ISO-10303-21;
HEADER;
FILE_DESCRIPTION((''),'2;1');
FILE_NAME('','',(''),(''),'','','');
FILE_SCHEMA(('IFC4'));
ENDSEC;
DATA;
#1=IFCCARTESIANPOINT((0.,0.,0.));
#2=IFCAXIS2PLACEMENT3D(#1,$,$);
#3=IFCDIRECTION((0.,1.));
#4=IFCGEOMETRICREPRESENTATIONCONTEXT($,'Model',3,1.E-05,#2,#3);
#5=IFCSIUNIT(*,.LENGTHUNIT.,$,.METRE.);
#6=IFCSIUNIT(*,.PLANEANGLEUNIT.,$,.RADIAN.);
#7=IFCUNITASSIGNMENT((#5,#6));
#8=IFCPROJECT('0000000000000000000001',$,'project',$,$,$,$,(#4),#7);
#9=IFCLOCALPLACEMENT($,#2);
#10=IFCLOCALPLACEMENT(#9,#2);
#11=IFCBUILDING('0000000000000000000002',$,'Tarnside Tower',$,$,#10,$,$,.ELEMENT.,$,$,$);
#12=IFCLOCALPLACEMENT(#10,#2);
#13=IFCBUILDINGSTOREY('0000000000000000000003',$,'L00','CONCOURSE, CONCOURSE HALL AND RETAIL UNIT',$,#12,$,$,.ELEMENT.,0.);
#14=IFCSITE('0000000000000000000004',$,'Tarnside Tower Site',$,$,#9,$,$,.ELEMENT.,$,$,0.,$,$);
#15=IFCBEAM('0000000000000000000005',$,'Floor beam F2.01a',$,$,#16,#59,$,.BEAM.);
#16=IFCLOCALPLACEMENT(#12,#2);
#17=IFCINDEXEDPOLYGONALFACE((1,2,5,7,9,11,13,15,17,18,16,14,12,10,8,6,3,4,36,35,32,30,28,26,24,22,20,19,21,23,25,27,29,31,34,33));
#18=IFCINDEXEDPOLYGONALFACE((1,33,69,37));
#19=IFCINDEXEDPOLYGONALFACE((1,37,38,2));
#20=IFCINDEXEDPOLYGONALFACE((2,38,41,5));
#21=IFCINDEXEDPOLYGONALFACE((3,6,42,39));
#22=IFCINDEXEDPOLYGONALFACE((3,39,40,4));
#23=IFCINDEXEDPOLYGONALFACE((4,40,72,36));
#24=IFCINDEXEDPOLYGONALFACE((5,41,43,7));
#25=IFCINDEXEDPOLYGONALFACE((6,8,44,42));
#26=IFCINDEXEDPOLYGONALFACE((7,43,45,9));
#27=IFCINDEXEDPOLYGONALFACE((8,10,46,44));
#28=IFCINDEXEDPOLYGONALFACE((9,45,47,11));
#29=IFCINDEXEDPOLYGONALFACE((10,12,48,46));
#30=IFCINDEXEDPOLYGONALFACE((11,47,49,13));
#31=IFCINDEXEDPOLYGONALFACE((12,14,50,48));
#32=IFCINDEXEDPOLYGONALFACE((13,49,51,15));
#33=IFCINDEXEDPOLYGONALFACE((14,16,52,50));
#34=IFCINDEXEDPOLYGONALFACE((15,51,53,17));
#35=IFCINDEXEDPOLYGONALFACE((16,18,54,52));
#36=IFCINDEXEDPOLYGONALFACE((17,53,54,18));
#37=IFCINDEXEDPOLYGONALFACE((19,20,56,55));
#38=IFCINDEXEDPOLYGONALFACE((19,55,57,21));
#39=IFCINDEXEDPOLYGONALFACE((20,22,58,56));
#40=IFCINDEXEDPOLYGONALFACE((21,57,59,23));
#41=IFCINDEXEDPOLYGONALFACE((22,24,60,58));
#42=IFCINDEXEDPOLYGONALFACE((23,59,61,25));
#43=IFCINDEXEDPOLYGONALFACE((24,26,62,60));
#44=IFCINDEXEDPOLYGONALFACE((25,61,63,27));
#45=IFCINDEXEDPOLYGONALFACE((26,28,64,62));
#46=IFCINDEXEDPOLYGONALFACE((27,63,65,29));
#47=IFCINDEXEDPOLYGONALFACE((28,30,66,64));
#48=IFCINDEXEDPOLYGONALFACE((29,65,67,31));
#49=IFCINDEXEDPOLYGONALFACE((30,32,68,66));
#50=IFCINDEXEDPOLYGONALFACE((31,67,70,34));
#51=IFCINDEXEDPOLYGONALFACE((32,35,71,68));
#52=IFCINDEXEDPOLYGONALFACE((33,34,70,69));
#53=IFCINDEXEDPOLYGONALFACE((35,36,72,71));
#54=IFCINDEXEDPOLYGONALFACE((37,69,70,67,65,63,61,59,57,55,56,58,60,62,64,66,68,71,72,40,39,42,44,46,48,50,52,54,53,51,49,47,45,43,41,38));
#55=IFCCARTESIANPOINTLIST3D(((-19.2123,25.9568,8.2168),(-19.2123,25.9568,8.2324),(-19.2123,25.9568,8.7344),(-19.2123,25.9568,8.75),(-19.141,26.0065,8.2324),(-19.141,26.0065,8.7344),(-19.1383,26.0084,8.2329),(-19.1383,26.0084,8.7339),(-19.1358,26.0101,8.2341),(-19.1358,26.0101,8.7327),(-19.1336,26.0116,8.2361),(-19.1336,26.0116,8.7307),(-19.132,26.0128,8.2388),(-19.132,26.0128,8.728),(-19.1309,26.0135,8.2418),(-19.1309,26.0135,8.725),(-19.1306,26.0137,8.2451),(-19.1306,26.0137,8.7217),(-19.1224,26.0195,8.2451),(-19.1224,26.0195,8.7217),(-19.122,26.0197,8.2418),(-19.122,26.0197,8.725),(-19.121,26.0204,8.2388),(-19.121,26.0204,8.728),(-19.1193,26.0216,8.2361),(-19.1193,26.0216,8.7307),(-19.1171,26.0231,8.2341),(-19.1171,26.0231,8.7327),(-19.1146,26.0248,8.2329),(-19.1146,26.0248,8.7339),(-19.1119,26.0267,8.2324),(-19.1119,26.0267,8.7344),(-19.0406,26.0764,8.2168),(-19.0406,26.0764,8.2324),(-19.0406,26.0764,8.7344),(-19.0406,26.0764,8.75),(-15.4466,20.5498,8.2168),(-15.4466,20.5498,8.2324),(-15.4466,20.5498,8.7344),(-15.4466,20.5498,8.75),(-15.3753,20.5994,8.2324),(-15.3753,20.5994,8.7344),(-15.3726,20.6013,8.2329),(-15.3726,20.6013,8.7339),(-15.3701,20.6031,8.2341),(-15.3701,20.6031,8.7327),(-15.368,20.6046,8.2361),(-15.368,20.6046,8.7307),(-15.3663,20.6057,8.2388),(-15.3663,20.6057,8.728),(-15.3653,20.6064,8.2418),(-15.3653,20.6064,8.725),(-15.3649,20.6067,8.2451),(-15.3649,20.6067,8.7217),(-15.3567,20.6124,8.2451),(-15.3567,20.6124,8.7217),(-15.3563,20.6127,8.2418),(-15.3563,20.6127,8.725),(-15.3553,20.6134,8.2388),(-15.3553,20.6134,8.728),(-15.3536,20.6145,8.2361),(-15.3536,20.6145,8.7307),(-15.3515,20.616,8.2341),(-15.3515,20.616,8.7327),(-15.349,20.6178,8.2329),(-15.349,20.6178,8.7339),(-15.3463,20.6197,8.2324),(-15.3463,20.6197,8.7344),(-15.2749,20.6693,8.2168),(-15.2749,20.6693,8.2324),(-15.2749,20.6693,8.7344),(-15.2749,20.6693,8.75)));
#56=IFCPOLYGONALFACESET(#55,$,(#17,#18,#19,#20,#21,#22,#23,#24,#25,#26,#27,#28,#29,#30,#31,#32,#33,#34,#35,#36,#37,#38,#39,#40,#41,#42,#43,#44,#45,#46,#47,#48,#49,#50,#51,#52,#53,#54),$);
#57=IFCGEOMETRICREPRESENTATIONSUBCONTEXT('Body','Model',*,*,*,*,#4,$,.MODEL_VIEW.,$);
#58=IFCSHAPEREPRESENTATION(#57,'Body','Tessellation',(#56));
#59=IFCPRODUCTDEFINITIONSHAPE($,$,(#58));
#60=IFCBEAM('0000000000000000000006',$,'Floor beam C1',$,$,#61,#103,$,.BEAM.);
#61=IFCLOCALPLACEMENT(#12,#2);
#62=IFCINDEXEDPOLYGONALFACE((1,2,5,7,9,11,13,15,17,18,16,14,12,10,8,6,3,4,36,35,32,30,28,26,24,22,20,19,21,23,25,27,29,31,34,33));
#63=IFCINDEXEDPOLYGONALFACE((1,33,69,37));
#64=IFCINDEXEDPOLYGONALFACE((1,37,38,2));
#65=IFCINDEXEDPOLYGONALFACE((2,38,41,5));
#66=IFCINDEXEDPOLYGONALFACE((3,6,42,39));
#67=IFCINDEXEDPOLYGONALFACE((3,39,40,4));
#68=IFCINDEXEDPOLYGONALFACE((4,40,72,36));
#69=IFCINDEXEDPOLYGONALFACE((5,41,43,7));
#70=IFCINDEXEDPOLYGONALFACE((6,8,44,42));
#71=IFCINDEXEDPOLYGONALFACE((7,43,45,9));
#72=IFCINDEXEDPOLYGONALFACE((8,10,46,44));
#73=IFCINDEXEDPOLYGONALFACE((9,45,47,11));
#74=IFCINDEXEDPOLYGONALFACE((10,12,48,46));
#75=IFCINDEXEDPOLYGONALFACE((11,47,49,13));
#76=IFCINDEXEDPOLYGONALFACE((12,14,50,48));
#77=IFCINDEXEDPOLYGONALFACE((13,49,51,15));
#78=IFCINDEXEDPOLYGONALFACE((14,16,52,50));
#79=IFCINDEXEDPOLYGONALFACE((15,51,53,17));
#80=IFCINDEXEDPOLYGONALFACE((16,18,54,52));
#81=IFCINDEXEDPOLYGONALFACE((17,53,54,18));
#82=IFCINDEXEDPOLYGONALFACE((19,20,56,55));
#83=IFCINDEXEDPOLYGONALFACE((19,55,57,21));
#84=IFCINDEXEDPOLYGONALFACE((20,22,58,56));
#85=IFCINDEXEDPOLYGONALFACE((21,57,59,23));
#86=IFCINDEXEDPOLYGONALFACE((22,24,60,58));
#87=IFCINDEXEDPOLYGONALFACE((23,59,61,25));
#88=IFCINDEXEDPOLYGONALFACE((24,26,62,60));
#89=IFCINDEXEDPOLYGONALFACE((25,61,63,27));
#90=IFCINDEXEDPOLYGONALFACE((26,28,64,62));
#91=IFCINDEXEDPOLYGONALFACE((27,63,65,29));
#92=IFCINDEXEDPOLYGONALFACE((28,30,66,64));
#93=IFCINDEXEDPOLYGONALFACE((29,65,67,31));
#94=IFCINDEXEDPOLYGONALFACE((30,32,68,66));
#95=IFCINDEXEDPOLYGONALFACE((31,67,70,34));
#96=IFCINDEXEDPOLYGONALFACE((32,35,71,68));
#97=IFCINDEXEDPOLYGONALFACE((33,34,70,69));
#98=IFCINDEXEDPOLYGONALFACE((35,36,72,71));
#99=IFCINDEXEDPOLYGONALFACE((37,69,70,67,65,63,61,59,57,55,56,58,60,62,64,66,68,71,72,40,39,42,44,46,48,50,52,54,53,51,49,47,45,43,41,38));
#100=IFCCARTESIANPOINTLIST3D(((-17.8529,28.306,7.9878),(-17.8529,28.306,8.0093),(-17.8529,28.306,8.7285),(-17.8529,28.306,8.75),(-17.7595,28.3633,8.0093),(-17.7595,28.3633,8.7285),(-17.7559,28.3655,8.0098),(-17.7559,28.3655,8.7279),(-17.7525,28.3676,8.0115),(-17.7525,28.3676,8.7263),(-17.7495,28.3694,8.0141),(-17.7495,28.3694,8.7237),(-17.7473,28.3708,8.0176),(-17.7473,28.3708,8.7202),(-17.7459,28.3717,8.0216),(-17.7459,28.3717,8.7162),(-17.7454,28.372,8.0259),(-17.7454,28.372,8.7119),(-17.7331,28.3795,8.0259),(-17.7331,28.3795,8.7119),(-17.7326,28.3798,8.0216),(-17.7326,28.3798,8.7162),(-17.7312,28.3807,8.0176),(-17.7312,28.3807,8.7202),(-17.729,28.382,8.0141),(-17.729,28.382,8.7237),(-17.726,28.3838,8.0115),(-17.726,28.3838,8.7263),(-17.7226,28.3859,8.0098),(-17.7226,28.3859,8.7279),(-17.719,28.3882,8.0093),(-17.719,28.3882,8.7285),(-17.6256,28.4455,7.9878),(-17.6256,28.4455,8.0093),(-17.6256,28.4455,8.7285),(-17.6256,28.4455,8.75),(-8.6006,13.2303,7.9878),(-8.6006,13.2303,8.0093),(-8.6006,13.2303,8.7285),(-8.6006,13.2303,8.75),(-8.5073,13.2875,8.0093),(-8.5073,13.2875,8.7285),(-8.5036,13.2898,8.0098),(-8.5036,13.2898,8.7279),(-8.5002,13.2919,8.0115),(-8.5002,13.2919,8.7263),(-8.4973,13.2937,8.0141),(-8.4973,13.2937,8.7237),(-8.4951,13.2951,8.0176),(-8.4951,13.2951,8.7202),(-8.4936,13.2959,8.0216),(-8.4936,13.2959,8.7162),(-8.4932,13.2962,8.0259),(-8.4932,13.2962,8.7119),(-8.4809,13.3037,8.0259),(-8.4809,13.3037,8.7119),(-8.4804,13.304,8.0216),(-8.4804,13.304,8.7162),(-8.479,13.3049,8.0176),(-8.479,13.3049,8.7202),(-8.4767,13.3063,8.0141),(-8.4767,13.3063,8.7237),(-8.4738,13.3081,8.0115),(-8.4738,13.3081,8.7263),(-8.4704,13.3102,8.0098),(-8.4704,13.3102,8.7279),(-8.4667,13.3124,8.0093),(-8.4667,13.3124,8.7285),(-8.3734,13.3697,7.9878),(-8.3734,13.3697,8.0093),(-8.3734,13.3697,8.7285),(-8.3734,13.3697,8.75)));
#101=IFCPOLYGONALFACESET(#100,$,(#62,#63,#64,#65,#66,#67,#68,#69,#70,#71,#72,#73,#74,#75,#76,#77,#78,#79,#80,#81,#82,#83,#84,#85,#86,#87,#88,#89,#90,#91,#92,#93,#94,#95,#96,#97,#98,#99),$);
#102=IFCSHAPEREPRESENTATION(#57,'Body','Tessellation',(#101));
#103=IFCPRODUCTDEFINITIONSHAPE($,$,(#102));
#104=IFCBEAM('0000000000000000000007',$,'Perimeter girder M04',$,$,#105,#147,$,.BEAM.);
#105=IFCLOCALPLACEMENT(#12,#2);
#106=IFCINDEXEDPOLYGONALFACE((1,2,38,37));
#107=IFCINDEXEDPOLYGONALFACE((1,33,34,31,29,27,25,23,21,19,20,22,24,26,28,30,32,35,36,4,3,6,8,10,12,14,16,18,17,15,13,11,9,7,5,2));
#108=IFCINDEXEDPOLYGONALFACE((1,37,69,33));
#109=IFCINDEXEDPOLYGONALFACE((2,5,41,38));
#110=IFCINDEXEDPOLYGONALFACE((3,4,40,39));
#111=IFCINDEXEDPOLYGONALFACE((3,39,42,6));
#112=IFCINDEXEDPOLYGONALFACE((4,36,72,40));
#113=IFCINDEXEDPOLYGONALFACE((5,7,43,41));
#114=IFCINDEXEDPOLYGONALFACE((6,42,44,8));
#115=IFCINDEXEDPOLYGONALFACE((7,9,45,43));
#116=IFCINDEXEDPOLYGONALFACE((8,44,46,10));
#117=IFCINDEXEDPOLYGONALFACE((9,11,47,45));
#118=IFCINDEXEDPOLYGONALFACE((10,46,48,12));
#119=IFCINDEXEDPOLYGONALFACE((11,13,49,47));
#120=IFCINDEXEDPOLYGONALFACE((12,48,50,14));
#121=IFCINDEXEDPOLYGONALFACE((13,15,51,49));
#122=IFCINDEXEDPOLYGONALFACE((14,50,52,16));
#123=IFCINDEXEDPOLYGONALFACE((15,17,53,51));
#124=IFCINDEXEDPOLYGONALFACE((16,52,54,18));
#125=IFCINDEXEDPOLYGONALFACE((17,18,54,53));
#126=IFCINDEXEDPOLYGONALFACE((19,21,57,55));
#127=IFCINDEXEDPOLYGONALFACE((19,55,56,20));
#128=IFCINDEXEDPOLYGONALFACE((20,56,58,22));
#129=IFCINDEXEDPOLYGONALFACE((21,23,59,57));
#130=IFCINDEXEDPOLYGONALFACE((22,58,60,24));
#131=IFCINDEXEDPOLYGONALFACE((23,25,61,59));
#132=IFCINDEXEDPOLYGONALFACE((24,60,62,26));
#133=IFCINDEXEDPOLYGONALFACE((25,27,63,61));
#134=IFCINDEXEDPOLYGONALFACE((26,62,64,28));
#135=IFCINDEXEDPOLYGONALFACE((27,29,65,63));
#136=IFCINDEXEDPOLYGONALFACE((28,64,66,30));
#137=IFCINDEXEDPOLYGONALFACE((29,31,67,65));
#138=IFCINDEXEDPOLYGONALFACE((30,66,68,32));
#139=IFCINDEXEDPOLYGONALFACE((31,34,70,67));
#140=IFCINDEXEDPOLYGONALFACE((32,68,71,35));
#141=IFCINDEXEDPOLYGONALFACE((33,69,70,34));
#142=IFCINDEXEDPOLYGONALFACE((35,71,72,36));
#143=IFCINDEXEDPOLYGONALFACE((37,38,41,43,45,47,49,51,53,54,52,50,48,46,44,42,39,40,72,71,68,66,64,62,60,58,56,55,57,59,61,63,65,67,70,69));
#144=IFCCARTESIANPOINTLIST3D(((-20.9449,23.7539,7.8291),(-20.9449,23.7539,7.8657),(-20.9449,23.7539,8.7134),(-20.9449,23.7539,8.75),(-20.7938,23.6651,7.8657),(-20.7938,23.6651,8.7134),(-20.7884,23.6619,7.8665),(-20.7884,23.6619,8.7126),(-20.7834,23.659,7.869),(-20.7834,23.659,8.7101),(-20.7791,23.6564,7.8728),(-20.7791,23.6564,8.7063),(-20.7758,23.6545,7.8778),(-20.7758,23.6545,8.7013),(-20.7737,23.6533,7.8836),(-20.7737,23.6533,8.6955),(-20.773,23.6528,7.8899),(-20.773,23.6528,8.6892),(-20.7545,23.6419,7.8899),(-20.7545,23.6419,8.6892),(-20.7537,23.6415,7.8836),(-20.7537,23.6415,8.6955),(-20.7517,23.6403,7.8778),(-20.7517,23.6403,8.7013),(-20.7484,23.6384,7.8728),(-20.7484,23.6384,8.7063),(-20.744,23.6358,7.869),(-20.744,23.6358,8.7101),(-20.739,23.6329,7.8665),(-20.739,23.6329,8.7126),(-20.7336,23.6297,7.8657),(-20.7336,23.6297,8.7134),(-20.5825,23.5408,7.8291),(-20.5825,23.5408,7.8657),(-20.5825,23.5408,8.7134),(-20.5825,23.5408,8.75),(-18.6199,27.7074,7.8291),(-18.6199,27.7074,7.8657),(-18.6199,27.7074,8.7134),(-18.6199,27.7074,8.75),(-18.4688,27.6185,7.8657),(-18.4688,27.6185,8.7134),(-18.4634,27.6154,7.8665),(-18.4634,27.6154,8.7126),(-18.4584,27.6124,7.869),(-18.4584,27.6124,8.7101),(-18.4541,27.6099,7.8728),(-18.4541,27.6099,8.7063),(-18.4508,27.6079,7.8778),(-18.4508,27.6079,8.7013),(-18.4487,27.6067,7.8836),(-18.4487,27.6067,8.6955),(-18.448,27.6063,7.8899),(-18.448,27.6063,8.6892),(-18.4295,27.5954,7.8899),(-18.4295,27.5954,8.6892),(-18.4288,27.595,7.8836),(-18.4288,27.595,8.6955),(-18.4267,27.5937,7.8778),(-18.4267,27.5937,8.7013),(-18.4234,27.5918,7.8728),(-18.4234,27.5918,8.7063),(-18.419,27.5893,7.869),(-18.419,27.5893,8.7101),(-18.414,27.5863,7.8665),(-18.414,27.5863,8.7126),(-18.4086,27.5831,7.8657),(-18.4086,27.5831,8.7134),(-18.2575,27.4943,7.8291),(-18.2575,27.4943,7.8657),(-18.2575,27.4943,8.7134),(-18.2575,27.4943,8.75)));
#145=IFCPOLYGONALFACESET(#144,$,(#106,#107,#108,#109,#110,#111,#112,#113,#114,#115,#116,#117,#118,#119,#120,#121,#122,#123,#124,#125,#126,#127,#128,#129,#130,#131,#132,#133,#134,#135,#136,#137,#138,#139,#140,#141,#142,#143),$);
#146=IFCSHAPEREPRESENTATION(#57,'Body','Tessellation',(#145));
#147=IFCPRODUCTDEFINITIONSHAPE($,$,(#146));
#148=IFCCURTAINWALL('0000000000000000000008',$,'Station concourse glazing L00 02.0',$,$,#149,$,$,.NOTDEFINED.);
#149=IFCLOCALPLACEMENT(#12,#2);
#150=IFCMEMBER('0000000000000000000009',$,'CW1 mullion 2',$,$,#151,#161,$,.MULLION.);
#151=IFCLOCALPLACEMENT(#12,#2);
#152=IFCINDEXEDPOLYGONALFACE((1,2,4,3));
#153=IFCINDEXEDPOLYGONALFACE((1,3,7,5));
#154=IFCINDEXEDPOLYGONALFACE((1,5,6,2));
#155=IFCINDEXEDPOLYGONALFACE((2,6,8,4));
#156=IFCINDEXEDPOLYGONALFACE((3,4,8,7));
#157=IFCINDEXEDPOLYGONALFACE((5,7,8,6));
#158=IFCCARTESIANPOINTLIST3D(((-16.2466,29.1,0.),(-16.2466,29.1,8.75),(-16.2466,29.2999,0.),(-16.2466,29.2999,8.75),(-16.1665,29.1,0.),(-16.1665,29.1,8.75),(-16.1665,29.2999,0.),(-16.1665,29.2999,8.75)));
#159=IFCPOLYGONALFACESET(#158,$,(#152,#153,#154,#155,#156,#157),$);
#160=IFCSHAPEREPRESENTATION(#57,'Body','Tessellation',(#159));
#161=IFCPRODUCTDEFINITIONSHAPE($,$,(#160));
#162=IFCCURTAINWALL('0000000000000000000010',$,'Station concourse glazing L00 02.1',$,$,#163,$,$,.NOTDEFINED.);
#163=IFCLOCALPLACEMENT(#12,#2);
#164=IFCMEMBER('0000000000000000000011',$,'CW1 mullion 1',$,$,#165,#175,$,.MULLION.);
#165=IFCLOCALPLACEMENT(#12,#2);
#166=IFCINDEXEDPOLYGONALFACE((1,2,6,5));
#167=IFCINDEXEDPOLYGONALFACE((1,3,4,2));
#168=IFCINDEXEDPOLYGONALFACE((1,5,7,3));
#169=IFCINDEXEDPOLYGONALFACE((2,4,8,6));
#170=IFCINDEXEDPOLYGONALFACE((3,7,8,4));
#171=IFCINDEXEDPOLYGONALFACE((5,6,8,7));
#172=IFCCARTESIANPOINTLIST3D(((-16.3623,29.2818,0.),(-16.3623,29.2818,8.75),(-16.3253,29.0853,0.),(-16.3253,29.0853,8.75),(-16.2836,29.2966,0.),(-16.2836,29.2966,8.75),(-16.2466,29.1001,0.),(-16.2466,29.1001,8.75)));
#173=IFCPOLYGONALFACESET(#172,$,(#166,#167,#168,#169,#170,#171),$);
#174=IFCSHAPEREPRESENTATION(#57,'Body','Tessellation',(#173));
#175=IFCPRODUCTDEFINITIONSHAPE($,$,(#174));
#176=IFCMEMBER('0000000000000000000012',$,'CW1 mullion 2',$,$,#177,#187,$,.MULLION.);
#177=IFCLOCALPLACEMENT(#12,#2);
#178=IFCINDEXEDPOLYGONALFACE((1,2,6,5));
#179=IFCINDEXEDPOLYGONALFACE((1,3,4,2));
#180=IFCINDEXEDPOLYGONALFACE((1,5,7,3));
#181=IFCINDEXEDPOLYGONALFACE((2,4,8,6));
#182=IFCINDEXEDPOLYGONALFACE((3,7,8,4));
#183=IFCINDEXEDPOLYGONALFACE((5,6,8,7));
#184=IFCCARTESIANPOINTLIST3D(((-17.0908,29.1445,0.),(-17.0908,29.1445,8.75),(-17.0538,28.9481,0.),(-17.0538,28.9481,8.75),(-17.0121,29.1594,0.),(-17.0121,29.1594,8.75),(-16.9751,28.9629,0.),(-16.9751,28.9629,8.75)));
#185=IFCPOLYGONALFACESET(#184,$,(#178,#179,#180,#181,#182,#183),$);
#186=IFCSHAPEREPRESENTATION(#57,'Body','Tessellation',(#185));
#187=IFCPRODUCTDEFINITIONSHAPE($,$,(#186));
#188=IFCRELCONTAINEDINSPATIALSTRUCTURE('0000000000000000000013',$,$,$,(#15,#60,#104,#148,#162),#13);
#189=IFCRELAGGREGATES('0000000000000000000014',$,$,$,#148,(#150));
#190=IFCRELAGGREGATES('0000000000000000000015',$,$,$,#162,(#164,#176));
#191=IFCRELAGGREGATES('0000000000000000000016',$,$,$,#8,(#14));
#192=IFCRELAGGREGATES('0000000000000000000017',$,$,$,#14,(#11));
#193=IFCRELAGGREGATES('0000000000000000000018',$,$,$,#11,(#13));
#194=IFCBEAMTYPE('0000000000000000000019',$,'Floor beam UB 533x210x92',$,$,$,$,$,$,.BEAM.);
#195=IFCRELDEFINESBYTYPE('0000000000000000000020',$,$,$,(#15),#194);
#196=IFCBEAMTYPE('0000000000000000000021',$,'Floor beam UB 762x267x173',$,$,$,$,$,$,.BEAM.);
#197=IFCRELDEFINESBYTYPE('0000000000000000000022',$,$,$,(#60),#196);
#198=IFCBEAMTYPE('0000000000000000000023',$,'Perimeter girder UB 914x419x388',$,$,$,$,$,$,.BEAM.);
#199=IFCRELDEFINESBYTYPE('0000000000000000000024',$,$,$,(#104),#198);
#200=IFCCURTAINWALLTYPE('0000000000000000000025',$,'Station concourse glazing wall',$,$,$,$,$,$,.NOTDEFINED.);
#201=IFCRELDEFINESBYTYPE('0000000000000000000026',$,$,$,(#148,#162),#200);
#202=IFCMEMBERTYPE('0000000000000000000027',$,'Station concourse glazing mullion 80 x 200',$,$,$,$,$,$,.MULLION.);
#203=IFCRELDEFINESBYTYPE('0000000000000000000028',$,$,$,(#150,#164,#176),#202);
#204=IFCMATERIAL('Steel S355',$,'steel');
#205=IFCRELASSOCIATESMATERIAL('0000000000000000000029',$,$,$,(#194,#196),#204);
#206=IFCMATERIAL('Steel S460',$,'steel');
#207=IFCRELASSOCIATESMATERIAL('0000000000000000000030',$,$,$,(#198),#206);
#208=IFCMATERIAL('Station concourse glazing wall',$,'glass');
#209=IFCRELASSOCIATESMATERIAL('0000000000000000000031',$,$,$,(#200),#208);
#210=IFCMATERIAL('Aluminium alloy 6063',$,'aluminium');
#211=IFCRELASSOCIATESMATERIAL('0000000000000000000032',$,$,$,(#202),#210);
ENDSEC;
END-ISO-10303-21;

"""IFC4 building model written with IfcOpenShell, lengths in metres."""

from ifc_helpers import new_model, si_unit, direction, frame, origin, origin_2d, place, context, subcontext, project, spatial, rectangle, i_section, extrude, material, material_profile, profile_set, type_object, element, aggregate, save


model = new_model("IFC4")

# Units and contexts
model_context = context("Model", 3, precision=1e-05, world=origin(), true_north=direction((0.0, 1.0)))
body_context = subcontext(model_context, "Body", "Model", "MODEL_VIEW")
ifc_project = project(units=[si_unit("LENGTHUNIT", "METRE"), si_unit("PLANEANGLEUNIT", "RADIAN")], contexts=[model_context])

# Site, building, storey
site_placement = place(None, origin())
site = spatial("IfcSite", under=ifc_project, at=site_placement, Name="Tarnside Tower Site", CompositionType="ELEMENT", RefElevation=0.0)
building_placement = place(site_placement, origin())
building = spatial("IfcBuilding", under=site, at=building_placement, Name="Tarnside Tower", CompositionType="ELEMENT")
storey_placement = place(building_placement, origin())
storey = spatial("IfcBuildingStorey", under=building, at=storey_placement, Name="L00", Description="CONCOURSE, CONCOURSE HALL AND RETAIL UNIT", CompositionType="ELEMENT", Elevation=0.0)

# Beams
ifc_material_1 = material(Name="Steel S355", Category="steel")
ifc_material_profile_1 = material_profile(ifc_material_1, i_section(OverallWidth=0.2092, OverallDepth=0.5332, WebThickness=0.01, FlangeThickness=0.0156, FilletRadius=0.0127, at=origin_2d()), Name="UB 533x210x92")
ifc_profile_set_1 = profile_set([ifc_material_profile_1], Name="Steel S355")
beam_type_1 = type_object("IfcBeamType", Name="Floor beam UB 533x210x92", PredefinedType="BEAM", material=ifc_profile_set_1)
beam_1_placement = place(storey_placement, frame((-19.1265, 26.0166, 8.4834), z_axis=(0.571499, -0.820603, 0.0), x_axis=(0.820603, 0.571499, 0.0)))
element("IfcBeam", 1, at=beam_1_placement, inside=storey, type_object=beam_type_1, Name="Floor beam F2.01a", PredefinedType="BEAM", context=body_context, shape_type="SweptSolid", body=[
    extrude(i_section(OverallWidth=0.2092, OverallDepth=0.5332, WebThickness=0.01, FlangeThickness=0.0156, FilletRadius=0.0127, at=origin_2d()), origin(), (0.0, 0.0, 1.0), 6.5891),
])
ifc_material_profile_2 = material_profile(ifc_material_1, i_section(OverallWidth=0.2666, OverallDepth=0.7622, WebThickness=0.0144, FlangeThickness=0.0215, FilletRadius=0.0166, at=origin_2d()), Name="UB 762x267x173")
ifc_profile_set_2 = profile_set([ifc_material_profile_2], Name="Steel S355")
beam_type_2 = type_object("IfcBeamType", Name="Floor beam UB 762x267x173", PredefinedType="BEAM", material=ifc_profile_set_2)
beam_2_placement = place(storey_placement, frame((-17.7393, 28.3757, 8.3689), z_axis=(0.523066, -0.852292, 0.0), x_axis=(0.852292, 0.523066, 0.0)))
element("IfcBeam", 2, at=beam_2_placement, inside=storey, type_object=beam_type_2, Name="Floor beam C1", PredefinedType="BEAM", context=body_context, shape_type="SweptSolid", body=[
    extrude(i_section(OverallWidth=0.2666, OverallDepth=0.7622, WebThickness=0.0144, FlangeThickness=0.0215, FilletRadius=0.0166, at=origin_2d()), origin(), (0.0, 0.0, 1.0), 17.6885),
])
ifc_material_2 = material(Name="Steel S460", Category="steel")
ifc_material_profile_3 = material_profile(ifc_material_2, i_section(OverallWidth=0.4204, OverallDepth=0.9209, WebThickness=0.0215, FlangeThickness=0.0366, FilletRadius=0.0242, at=origin_2d()), Name="UB 914x419x388")
ifc_profile_set_3 = profile_set([ifc_material_profile_3], Name="Steel S460")
beam_type_3 = type_object("IfcBeamType", Name="Perimeter girder UB 914x419x388", PredefinedType="BEAM", material=ifc_profile_set_3)
beam_3_placement = place(storey_placement, frame((-18.4387, 27.6008, 8.2896), z_axis=(-0.506929, -0.861988, 0.0), x_axis=(0.861988, -0.506929, 0.0)))
element("IfcBeam", 3, at=beam_3_placement, inside=storey, type_object=beam_type_3, Name="Perimeter girder M04", PredefinedType="BEAM", context=body_context, shape_type="SweptSolid", body=[
    extrude(i_section(OverallWidth=0.4204, OverallDepth=0.9209, WebThickness=0.0215, FlangeThickness=0.0366, FilletRadius=0.0242, at=origin_2d()), origin(), (0.0, 0.0, 1.0), 4.5864),
])

# Curtain wall, member
ifc_material_3 = material(Name="Station concourse glazing wall", Category="glass")
curtain_wall_type = type_object("IfcCurtainWallType", Name="Station concourse glazing wall", PredefinedType="NOTDEFINED", material=ifc_material_3)
curtain_wall_1_placement = place(storey_placement, origin())
curtain_wall_1 = element("IfcCurtainWall", 4, at=curtain_wall_1_placement, inside=storey, type_object=curtain_wall_type, Name="Station concourse glazing L00 02.0", PredefinedType="NOTDEFINED")
ifc_material_4 = material(Name="Aluminium alloy 6063", Category="aluminium")
ifc_material_profile_4 = material_profile(ifc_material_4, rectangle(XDim=0.2, YDim=0.0801, at=origin_2d()), Name="Station concourse glazing mullion 80 x 200")
ifc_profile_set_4 = profile_set([ifc_material_profile_4], Name="Aluminium alloy 6063")
member_type_1 = type_object("IfcMemberType", Name="Station concourse glazing mullion 80 x 200", PredefinedType="MULLION", material=ifc_profile_set_4)
member_1_placement = place(storey_placement, frame((-16.2065, 29.2, 0.0), z_axis=(0.0, 0.0, 1.0), x_axis=(0.0, -1.0, 0.0)))
member_1 = element("IfcMember", 5, at=member_1_placement, type_object=member_type_1, Name="CW1 mullion 2", PredefinedType="MULLION", context=body_context, shape_type="SweptSolid", body=[
    extrude(rectangle(XDim=0.2, YDim=0.0801, at=origin_2d()), origin(), (0.0, 0.0, 1.0), 8.75),
])
aggregate(curtain_wall_1, [member_1])

# Curtain wall, members
curtain_wall_2_placement = place(storey_placement, origin())
curtain_wall_2 = element("IfcCurtainWall", 6, at=curtain_wall_2_placement, inside=storey, type_object=curtain_wall_type, Name="Station concourse glazing L00 02.1", PredefinedType="NOTDEFINED")
member_2_placement = place(storey_placement, frame((-16.3044, 29.1909, 0.0), z_axis=(0.0, 0.0, 1.0), x_axis=(0.185095, -0.982721, 0.0)))
member_2 = element("IfcMember", 7, at=member_2_placement, type_object=member_type_1, Name="CW1 mullion 1", PredefinedType="MULLION", context=body_context, shape_type="SweptSolid", body=[
    extrude(rectangle(XDim=0.2, YDim=0.0801, at=origin_2d()), origin(), (0.0, 0.0, 1.0), 8.75),
])
member_3_placement = place(storey_placement, frame((-17.033, 29.0537, 0.0), z_axis=(0.0, 0.0, 1.0), x_axis=(0.185095, -0.982721, 0.0)))
member_3 = element("IfcMember", 8, at=member_3_placement, type_object=member_type_1, Name="CW1 mullion 2", PredefinedType="MULLION", context=body_context, shape_type="SweptSolid", body=[
    extrude(rectangle(XDim=0.2, YDim=0.0801, at=origin_2d()), origin(), (0.0, 0.0, 1.0), 8.75),
])

aggregate(curtain_wall_2, [member_2, member_3])

save(model, "model.ifc")
